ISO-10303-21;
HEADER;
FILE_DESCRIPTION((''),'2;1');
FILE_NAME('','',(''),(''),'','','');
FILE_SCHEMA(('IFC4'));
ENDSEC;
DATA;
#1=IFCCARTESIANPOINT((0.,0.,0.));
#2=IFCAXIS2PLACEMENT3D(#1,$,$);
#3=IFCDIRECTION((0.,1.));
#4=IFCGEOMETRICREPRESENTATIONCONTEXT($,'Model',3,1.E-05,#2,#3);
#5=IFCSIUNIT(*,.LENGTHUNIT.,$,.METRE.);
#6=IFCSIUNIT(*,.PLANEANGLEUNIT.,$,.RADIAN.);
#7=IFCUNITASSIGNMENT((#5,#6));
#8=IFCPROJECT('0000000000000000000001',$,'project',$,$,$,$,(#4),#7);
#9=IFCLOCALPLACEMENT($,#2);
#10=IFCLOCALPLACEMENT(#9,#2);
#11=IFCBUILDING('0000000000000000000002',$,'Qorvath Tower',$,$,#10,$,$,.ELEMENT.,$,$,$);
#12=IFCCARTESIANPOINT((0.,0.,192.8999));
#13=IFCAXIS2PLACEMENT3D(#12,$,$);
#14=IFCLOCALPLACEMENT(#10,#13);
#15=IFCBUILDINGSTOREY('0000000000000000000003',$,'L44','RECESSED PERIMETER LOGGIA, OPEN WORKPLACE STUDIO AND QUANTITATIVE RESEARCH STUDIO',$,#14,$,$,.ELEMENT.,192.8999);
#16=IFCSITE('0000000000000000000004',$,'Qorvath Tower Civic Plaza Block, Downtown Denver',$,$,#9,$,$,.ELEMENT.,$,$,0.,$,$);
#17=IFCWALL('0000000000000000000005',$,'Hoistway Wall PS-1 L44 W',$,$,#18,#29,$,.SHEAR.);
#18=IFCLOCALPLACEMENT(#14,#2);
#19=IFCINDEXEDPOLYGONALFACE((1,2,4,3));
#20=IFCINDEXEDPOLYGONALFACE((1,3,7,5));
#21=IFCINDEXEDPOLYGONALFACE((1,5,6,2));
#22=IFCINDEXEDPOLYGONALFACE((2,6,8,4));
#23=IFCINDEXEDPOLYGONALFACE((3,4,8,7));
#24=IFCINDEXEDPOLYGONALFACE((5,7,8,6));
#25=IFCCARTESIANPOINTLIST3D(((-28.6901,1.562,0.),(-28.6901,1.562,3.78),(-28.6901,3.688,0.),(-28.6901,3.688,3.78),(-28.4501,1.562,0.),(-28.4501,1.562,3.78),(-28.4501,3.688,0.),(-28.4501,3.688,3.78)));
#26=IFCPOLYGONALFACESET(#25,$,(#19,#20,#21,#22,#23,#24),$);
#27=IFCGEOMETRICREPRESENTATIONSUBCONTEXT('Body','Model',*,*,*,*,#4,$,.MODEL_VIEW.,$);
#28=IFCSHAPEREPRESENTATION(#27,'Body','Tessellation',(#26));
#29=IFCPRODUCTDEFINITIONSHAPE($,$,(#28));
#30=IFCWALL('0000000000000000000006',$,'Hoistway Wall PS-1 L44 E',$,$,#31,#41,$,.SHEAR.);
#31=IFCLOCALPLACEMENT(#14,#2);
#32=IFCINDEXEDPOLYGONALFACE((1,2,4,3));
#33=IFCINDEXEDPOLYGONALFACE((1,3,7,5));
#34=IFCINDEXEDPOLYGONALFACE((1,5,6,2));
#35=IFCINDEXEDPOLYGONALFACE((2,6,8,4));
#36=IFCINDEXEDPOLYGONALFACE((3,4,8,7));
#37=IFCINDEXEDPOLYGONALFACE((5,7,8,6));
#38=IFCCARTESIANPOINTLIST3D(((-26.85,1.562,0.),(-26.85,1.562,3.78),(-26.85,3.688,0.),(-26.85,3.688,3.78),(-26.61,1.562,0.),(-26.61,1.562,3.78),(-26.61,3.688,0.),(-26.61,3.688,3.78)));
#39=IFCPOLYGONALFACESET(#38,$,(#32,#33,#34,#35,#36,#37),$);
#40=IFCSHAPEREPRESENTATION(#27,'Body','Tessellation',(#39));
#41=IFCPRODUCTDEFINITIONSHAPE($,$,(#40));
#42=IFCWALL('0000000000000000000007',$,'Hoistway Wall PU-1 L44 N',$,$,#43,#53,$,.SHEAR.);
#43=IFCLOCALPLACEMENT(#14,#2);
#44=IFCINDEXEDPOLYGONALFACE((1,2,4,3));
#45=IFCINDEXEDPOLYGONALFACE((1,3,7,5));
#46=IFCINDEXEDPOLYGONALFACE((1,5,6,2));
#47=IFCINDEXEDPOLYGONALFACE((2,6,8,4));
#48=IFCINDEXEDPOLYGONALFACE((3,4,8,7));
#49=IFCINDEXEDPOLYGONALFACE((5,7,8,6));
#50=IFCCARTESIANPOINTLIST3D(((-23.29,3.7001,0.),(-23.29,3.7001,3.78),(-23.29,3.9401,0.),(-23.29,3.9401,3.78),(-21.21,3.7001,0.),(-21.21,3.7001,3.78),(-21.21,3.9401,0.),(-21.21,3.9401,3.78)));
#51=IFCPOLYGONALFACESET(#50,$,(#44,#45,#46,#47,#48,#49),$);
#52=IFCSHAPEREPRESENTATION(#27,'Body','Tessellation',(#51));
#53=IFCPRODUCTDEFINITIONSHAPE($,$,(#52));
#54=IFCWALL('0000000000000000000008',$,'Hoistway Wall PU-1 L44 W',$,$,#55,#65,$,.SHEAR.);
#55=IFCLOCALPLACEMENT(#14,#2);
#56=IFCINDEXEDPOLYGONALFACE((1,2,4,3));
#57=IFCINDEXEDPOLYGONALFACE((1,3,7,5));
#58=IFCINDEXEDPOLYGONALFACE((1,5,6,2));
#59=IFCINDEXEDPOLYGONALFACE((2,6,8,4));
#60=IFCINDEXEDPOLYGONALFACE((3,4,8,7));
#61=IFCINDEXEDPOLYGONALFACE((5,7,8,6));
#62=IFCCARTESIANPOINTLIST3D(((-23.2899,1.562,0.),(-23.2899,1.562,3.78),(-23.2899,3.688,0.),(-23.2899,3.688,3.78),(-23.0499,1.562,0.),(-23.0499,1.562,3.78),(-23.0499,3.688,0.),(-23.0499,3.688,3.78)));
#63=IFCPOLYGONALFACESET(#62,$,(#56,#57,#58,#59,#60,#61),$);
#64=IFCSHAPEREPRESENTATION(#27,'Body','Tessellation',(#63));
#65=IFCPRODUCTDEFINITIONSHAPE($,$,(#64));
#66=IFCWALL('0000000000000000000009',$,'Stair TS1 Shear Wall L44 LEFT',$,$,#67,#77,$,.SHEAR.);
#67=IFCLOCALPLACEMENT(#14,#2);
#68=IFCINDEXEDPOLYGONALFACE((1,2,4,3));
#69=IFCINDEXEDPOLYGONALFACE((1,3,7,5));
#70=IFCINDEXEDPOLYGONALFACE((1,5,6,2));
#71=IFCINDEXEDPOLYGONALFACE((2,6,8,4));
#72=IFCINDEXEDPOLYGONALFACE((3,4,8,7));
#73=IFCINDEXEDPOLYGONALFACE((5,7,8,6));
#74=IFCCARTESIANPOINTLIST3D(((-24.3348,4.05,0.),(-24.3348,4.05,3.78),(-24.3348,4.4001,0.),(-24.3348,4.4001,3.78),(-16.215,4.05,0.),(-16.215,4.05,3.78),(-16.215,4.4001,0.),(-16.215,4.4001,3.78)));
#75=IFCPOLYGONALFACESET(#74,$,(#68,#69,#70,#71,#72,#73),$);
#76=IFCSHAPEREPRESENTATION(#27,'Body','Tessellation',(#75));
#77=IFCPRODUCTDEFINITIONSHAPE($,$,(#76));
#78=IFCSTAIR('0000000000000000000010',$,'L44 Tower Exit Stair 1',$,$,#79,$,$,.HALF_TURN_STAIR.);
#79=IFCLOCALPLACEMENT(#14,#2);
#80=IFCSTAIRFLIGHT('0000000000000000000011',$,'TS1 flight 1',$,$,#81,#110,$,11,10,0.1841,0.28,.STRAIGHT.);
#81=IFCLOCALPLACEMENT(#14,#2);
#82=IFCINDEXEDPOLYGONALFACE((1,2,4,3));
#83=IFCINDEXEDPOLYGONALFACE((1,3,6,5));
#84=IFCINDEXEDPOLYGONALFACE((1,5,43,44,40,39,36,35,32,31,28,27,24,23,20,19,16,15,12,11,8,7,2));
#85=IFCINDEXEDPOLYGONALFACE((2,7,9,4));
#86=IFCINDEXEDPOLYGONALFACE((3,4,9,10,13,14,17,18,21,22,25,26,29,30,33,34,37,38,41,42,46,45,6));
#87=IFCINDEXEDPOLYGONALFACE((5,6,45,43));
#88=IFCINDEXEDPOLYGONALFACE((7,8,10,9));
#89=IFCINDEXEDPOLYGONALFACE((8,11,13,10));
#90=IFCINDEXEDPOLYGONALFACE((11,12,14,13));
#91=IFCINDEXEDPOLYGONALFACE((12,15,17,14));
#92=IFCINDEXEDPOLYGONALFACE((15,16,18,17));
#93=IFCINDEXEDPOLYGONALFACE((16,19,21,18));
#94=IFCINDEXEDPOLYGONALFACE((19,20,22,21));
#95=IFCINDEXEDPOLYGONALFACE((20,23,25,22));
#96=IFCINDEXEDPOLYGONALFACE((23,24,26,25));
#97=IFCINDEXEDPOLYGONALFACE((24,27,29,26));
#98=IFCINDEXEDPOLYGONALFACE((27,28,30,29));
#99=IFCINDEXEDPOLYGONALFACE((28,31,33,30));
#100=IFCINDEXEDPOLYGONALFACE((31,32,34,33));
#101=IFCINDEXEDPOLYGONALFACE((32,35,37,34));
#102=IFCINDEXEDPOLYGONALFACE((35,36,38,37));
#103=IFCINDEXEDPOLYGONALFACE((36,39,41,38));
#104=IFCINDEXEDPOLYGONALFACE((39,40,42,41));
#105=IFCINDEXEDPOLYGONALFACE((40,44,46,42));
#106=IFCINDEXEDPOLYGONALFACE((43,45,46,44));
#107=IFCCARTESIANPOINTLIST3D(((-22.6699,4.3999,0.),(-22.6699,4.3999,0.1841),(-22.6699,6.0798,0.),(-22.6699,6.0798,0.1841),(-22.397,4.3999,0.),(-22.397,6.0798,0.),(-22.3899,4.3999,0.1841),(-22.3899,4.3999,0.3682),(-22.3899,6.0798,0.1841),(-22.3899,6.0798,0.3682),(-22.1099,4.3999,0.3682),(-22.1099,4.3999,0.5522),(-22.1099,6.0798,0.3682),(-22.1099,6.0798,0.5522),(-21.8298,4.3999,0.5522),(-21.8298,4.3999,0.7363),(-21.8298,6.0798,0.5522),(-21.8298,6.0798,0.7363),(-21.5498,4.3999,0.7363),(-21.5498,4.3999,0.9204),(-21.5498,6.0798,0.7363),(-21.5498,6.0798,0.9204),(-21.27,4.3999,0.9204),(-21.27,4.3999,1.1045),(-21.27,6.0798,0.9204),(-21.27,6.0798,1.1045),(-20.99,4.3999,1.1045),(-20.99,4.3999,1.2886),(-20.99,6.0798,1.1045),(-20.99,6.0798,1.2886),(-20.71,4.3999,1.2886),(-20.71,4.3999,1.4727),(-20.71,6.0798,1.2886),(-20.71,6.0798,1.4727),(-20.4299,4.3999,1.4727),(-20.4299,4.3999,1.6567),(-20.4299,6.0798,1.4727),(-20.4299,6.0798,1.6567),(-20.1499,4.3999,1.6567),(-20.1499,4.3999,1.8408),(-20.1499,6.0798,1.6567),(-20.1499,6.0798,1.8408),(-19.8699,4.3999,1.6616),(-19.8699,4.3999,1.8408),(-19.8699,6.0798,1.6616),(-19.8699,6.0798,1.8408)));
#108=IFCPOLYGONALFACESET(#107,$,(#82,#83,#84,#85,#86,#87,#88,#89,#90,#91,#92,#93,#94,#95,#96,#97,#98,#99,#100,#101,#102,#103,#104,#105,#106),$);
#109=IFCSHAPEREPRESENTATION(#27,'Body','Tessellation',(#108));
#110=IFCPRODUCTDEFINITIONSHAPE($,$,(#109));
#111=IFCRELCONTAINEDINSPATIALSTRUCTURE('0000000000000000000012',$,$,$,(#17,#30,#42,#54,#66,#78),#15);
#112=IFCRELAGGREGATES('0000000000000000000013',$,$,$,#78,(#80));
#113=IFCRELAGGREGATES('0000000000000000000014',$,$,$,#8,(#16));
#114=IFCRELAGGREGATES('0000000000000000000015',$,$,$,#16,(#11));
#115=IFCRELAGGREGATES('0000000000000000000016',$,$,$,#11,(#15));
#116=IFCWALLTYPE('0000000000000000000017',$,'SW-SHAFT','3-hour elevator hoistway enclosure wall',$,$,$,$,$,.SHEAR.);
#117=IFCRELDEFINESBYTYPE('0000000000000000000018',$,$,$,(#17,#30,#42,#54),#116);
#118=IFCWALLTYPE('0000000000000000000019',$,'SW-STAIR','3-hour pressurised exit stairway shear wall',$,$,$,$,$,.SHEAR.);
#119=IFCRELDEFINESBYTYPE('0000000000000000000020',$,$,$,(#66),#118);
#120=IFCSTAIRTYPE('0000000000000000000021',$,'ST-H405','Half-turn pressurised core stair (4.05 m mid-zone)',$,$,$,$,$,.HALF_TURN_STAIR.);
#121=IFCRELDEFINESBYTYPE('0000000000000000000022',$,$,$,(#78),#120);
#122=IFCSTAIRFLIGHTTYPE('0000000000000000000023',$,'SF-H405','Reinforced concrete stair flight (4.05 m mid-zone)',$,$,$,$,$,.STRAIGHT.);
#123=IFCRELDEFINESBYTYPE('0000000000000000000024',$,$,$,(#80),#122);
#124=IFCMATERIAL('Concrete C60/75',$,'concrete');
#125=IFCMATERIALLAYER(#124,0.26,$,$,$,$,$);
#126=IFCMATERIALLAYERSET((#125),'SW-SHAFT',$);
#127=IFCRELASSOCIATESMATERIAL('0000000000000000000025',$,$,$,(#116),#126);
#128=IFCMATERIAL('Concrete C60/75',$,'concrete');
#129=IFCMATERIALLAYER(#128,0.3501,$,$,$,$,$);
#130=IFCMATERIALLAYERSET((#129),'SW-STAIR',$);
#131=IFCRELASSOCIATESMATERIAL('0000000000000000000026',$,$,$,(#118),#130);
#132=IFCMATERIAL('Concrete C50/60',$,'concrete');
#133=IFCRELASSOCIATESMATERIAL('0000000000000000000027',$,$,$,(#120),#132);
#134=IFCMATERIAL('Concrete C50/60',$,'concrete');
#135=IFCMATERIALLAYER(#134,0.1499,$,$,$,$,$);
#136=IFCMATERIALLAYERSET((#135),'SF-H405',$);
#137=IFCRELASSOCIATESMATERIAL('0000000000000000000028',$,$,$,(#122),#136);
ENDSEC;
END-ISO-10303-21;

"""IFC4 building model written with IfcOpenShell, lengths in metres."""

from ifc_helpers import new_model, si_unit, direction, frame, frame_2d, origin, place, context, subcontext, project, spatial, polyline, rectangle, outline, extrude, material, layer, layer_set, type_object, element, aggregate, save


model = new_model("IFC4")

# Units and contexts
model_context = context("Model", 3, precision=1e-05, world=origin(), true_north=direction((0.0, 1.0)))
body_context = subcontext(model_context, "Body", "Model", "MODEL_VIEW")
ifc_project = project(units=[si_unit("LENGTHUNIT", "METRE"), si_unit("PLANEANGLEUNIT", "RADIAN")], contexts=[model_context])

# Site, building, storey
site_placement = place(None, origin())
site = spatial("IfcSite", under=ifc_project, at=site_placement, Name="Qorvath Tower Civic Plaza Block, Downtown Denver", CompositionType="ELEMENT", RefElevation=0.0)
building_placement = place(site_placement, origin())
building = spatial("IfcBuilding", under=site, at=building_placement, Name="Qorvath Tower", CompositionType="ELEMENT")
storey_placement = place(building_placement, frame((0.0, 0.0, 192.8999)))
storey = spatial("IfcBuildingStorey", under=building, at=storey_placement, Name="L44", Description="RECESSED PERIMETER LOGGIA, OPEN WORKPLACE STUDIO AND QUANTITATIVE RESEARCH STUDIO", CompositionType="ELEMENT", Elevation=192.8999)

# Shared definitions
ifc_material_1 = material(Name="Concrete C60/75", Category="concrete")
ifc_layer_1 = layer(ifc_material_1, 0.26)
ifc_layer_set_1 = layer_set([ifc_layer_1], Name="SW-SHAFT")
wall_type_1 = type_object("IfcWallType", Name="SW-SHAFT", Description="3-hour elevator hoistway enclosure wall", PredefinedType="SHEAR", material=ifc_layer_set_1)

# Walls
for number, where, z_axis, x_axis, name in (
    (1, (-28.5701, 1.562, 0.0), (0.0, 0.0, 1.0), (0.0, 1.0, 0.0), "Hoistway Wall PS-1 L44 W"),
    (2, (-26.73, 3.688, 0.0), (0.0, 0.0, 1.0), (0.0, -1.0, 0.0), "Hoistway Wall PS-1 L44 E"),
):
    element("IfcWall", number, at=place(storey_placement, frame(where, z_axis=z_axis, x_axis=x_axis)), inside=storey, type_object=wall_type_1, Name=name, PredefinedType="SHEAR", context=body_context, shape_type="SweptSolid", body=[
        extrude(rectangle(XDim=2.126, YDim=0.24, at=frame_2d((1.063, 0.0))), origin(), (0.0, 0.0, 1.0), 3.78),
    ])
wall_1_placement = place(storey_placement, frame((-23.29, 3.8201, 0.0), z_axis=(0.0, 0.0, 1.0), x_axis=(1.0, 0.0, 0.0)))
element("IfcWall", 3, at=wall_1_placement, inside=storey, type_object=wall_type_1, Name="Hoistway Wall PU-1 L44 N", PredefinedType="SHEAR", context=body_context, shape_type="SweptSolid", body=[
    extrude(rectangle(XDim=2.0801, YDim=0.24, at=frame_2d((1.04, 0.0))), origin(), (0.0, 0.0, 1.0), 3.78),
])
wall_2_placement = place(storey_placement, frame((-23.1699, 1.562, 0.0), z_axis=(0.0, 0.0, 1.0), x_axis=(0.0, 1.0, 0.0)))
element("IfcWall", 4, at=wall_2_placement, inside=storey, type_object=wall_type_1, Name="Hoistway Wall PU-1 L44 W", PredefinedType="SHEAR", context=body_context, shape_type="SweptSolid", body=[
    extrude(rectangle(XDim=2.126, YDim=0.24, at=frame_2d((1.063, 0.0))), origin(), (0.0, 0.0, 1.0), 3.78),
])
ifc_material_2 = material(Name="Concrete C60/75", Category="concrete")
ifc_layer_2 = layer(ifc_material_2, 0.3501)
ifc_layer_set_2 = layer_set([ifc_layer_2], Name="SW-STAIR")
wall_type_2 = type_object("IfcWallType", Name="SW-STAIR", Description="3-hour pressurised exit stairway shear wall", PredefinedType="SHEAR", material=ifc_layer_set_2)
wall_3_placement = place(storey_placement, frame((-24.335, 4.2251, 0.0), z_axis=(0.0, 0.0, 1.0), x_axis=(1.0, 0.0, 0.0)))
element("IfcWall", 5, at=wall_3_placement, inside=storey, type_object=wall_type_2, Name="Stair TS1 Shear Wall L44 LEFT", PredefinedType="SHEAR", context=body_context, shape_type="SweptSolid", body=[
    extrude(rectangle(XDim=8.1199, YDim=0.3501, at=frame_2d((4.0601, 0.0))), origin(), (0.0, 0.0, 1.0), 3.78),
])

# Stair, stair flight
ifc_material_3 = material(Name="Concrete C50/60", Category="concrete")
stair_type = type_object("IfcStairType", Name="ST-H405", Description="Half-turn pressurised core stair (4.05 m mid-zone)", PredefinedType="HALF_TURN_STAIR", material=ifc_material_3)
stair_placement = place(storey_placement, origin())
stair = element("IfcStair", 6, at=stair_placement, inside=storey, type_object=stair_type, Name="L44 Tower Exit Stair 1", PredefinedType="HALF_TURN_STAIR")
ifc_material_4 = material(Name="Concrete C50/60", Category="concrete")
ifc_layer_3 = layer(ifc_material_4, 0.1499)
ifc_layer_set_3 = layer_set([ifc_layer_3], Name="SF-H405")
stair_flight_type = type_object("IfcStairFlightType", Name="SF-H405", Description="Reinforced concrete stair flight (4.05 m mid-zone)", PredefinedType="STRAIGHT", material=ifc_layer_set_3)
stair_flight_placement = place(storey_placement, frame((-22.6699, 5.24, 0.0), z_axis=(0.0, 0.0, 1.0), x_axis=(1.0, 0.0, 0.0)))
stair_flight = element("IfcStairFlight", 7, at=stair_flight_placement, type_object=stair_flight_type, Name="TS1 flight 1", NumberOfRisers=11, NumberOfTreads=10, PredefinedType="STRAIGHT", RiserHeight=0.1841, TreadLength=0.28, context=body_context, shape_type="SweptSolid", body=[
    extrude(outline(polyline([(0.0, 0.0), (0.0, 0.1841), (0.28, 0.1841), (0.28, 0.3682), (0.5601, 0.3682), (0.5601, 0.5522), (0.8401, 0.5522), (0.8401, 0.7363), (1.1201, 0.7363), (1.1201, 0.9204), (1.3999, 0.9204), (1.3999, 1.1045), (1.6799, 1.1045), (1.6799, 1.2886), (1.96, 1.2886), (1.96, 1.4727), (2.24, 1.4727), (2.24, 1.6567), (2.52, 1.6567), (2.52, 1.8408), (2.8, 1.8408), (2.8, 2.0249), (2.8, 1.6616), (0.2729, 0.0), (0.0, 0.0)])), frame((0.0, 0.8398, 0.0), z_axis=(0.0, -1.0, 0.0), x_axis=(1.0, 0.0, 0.0)), (0.0, 0.0, 1.0), 1.6799),
])
aggregate(stair, [stair_flight])

save(model, "model.ifc")
